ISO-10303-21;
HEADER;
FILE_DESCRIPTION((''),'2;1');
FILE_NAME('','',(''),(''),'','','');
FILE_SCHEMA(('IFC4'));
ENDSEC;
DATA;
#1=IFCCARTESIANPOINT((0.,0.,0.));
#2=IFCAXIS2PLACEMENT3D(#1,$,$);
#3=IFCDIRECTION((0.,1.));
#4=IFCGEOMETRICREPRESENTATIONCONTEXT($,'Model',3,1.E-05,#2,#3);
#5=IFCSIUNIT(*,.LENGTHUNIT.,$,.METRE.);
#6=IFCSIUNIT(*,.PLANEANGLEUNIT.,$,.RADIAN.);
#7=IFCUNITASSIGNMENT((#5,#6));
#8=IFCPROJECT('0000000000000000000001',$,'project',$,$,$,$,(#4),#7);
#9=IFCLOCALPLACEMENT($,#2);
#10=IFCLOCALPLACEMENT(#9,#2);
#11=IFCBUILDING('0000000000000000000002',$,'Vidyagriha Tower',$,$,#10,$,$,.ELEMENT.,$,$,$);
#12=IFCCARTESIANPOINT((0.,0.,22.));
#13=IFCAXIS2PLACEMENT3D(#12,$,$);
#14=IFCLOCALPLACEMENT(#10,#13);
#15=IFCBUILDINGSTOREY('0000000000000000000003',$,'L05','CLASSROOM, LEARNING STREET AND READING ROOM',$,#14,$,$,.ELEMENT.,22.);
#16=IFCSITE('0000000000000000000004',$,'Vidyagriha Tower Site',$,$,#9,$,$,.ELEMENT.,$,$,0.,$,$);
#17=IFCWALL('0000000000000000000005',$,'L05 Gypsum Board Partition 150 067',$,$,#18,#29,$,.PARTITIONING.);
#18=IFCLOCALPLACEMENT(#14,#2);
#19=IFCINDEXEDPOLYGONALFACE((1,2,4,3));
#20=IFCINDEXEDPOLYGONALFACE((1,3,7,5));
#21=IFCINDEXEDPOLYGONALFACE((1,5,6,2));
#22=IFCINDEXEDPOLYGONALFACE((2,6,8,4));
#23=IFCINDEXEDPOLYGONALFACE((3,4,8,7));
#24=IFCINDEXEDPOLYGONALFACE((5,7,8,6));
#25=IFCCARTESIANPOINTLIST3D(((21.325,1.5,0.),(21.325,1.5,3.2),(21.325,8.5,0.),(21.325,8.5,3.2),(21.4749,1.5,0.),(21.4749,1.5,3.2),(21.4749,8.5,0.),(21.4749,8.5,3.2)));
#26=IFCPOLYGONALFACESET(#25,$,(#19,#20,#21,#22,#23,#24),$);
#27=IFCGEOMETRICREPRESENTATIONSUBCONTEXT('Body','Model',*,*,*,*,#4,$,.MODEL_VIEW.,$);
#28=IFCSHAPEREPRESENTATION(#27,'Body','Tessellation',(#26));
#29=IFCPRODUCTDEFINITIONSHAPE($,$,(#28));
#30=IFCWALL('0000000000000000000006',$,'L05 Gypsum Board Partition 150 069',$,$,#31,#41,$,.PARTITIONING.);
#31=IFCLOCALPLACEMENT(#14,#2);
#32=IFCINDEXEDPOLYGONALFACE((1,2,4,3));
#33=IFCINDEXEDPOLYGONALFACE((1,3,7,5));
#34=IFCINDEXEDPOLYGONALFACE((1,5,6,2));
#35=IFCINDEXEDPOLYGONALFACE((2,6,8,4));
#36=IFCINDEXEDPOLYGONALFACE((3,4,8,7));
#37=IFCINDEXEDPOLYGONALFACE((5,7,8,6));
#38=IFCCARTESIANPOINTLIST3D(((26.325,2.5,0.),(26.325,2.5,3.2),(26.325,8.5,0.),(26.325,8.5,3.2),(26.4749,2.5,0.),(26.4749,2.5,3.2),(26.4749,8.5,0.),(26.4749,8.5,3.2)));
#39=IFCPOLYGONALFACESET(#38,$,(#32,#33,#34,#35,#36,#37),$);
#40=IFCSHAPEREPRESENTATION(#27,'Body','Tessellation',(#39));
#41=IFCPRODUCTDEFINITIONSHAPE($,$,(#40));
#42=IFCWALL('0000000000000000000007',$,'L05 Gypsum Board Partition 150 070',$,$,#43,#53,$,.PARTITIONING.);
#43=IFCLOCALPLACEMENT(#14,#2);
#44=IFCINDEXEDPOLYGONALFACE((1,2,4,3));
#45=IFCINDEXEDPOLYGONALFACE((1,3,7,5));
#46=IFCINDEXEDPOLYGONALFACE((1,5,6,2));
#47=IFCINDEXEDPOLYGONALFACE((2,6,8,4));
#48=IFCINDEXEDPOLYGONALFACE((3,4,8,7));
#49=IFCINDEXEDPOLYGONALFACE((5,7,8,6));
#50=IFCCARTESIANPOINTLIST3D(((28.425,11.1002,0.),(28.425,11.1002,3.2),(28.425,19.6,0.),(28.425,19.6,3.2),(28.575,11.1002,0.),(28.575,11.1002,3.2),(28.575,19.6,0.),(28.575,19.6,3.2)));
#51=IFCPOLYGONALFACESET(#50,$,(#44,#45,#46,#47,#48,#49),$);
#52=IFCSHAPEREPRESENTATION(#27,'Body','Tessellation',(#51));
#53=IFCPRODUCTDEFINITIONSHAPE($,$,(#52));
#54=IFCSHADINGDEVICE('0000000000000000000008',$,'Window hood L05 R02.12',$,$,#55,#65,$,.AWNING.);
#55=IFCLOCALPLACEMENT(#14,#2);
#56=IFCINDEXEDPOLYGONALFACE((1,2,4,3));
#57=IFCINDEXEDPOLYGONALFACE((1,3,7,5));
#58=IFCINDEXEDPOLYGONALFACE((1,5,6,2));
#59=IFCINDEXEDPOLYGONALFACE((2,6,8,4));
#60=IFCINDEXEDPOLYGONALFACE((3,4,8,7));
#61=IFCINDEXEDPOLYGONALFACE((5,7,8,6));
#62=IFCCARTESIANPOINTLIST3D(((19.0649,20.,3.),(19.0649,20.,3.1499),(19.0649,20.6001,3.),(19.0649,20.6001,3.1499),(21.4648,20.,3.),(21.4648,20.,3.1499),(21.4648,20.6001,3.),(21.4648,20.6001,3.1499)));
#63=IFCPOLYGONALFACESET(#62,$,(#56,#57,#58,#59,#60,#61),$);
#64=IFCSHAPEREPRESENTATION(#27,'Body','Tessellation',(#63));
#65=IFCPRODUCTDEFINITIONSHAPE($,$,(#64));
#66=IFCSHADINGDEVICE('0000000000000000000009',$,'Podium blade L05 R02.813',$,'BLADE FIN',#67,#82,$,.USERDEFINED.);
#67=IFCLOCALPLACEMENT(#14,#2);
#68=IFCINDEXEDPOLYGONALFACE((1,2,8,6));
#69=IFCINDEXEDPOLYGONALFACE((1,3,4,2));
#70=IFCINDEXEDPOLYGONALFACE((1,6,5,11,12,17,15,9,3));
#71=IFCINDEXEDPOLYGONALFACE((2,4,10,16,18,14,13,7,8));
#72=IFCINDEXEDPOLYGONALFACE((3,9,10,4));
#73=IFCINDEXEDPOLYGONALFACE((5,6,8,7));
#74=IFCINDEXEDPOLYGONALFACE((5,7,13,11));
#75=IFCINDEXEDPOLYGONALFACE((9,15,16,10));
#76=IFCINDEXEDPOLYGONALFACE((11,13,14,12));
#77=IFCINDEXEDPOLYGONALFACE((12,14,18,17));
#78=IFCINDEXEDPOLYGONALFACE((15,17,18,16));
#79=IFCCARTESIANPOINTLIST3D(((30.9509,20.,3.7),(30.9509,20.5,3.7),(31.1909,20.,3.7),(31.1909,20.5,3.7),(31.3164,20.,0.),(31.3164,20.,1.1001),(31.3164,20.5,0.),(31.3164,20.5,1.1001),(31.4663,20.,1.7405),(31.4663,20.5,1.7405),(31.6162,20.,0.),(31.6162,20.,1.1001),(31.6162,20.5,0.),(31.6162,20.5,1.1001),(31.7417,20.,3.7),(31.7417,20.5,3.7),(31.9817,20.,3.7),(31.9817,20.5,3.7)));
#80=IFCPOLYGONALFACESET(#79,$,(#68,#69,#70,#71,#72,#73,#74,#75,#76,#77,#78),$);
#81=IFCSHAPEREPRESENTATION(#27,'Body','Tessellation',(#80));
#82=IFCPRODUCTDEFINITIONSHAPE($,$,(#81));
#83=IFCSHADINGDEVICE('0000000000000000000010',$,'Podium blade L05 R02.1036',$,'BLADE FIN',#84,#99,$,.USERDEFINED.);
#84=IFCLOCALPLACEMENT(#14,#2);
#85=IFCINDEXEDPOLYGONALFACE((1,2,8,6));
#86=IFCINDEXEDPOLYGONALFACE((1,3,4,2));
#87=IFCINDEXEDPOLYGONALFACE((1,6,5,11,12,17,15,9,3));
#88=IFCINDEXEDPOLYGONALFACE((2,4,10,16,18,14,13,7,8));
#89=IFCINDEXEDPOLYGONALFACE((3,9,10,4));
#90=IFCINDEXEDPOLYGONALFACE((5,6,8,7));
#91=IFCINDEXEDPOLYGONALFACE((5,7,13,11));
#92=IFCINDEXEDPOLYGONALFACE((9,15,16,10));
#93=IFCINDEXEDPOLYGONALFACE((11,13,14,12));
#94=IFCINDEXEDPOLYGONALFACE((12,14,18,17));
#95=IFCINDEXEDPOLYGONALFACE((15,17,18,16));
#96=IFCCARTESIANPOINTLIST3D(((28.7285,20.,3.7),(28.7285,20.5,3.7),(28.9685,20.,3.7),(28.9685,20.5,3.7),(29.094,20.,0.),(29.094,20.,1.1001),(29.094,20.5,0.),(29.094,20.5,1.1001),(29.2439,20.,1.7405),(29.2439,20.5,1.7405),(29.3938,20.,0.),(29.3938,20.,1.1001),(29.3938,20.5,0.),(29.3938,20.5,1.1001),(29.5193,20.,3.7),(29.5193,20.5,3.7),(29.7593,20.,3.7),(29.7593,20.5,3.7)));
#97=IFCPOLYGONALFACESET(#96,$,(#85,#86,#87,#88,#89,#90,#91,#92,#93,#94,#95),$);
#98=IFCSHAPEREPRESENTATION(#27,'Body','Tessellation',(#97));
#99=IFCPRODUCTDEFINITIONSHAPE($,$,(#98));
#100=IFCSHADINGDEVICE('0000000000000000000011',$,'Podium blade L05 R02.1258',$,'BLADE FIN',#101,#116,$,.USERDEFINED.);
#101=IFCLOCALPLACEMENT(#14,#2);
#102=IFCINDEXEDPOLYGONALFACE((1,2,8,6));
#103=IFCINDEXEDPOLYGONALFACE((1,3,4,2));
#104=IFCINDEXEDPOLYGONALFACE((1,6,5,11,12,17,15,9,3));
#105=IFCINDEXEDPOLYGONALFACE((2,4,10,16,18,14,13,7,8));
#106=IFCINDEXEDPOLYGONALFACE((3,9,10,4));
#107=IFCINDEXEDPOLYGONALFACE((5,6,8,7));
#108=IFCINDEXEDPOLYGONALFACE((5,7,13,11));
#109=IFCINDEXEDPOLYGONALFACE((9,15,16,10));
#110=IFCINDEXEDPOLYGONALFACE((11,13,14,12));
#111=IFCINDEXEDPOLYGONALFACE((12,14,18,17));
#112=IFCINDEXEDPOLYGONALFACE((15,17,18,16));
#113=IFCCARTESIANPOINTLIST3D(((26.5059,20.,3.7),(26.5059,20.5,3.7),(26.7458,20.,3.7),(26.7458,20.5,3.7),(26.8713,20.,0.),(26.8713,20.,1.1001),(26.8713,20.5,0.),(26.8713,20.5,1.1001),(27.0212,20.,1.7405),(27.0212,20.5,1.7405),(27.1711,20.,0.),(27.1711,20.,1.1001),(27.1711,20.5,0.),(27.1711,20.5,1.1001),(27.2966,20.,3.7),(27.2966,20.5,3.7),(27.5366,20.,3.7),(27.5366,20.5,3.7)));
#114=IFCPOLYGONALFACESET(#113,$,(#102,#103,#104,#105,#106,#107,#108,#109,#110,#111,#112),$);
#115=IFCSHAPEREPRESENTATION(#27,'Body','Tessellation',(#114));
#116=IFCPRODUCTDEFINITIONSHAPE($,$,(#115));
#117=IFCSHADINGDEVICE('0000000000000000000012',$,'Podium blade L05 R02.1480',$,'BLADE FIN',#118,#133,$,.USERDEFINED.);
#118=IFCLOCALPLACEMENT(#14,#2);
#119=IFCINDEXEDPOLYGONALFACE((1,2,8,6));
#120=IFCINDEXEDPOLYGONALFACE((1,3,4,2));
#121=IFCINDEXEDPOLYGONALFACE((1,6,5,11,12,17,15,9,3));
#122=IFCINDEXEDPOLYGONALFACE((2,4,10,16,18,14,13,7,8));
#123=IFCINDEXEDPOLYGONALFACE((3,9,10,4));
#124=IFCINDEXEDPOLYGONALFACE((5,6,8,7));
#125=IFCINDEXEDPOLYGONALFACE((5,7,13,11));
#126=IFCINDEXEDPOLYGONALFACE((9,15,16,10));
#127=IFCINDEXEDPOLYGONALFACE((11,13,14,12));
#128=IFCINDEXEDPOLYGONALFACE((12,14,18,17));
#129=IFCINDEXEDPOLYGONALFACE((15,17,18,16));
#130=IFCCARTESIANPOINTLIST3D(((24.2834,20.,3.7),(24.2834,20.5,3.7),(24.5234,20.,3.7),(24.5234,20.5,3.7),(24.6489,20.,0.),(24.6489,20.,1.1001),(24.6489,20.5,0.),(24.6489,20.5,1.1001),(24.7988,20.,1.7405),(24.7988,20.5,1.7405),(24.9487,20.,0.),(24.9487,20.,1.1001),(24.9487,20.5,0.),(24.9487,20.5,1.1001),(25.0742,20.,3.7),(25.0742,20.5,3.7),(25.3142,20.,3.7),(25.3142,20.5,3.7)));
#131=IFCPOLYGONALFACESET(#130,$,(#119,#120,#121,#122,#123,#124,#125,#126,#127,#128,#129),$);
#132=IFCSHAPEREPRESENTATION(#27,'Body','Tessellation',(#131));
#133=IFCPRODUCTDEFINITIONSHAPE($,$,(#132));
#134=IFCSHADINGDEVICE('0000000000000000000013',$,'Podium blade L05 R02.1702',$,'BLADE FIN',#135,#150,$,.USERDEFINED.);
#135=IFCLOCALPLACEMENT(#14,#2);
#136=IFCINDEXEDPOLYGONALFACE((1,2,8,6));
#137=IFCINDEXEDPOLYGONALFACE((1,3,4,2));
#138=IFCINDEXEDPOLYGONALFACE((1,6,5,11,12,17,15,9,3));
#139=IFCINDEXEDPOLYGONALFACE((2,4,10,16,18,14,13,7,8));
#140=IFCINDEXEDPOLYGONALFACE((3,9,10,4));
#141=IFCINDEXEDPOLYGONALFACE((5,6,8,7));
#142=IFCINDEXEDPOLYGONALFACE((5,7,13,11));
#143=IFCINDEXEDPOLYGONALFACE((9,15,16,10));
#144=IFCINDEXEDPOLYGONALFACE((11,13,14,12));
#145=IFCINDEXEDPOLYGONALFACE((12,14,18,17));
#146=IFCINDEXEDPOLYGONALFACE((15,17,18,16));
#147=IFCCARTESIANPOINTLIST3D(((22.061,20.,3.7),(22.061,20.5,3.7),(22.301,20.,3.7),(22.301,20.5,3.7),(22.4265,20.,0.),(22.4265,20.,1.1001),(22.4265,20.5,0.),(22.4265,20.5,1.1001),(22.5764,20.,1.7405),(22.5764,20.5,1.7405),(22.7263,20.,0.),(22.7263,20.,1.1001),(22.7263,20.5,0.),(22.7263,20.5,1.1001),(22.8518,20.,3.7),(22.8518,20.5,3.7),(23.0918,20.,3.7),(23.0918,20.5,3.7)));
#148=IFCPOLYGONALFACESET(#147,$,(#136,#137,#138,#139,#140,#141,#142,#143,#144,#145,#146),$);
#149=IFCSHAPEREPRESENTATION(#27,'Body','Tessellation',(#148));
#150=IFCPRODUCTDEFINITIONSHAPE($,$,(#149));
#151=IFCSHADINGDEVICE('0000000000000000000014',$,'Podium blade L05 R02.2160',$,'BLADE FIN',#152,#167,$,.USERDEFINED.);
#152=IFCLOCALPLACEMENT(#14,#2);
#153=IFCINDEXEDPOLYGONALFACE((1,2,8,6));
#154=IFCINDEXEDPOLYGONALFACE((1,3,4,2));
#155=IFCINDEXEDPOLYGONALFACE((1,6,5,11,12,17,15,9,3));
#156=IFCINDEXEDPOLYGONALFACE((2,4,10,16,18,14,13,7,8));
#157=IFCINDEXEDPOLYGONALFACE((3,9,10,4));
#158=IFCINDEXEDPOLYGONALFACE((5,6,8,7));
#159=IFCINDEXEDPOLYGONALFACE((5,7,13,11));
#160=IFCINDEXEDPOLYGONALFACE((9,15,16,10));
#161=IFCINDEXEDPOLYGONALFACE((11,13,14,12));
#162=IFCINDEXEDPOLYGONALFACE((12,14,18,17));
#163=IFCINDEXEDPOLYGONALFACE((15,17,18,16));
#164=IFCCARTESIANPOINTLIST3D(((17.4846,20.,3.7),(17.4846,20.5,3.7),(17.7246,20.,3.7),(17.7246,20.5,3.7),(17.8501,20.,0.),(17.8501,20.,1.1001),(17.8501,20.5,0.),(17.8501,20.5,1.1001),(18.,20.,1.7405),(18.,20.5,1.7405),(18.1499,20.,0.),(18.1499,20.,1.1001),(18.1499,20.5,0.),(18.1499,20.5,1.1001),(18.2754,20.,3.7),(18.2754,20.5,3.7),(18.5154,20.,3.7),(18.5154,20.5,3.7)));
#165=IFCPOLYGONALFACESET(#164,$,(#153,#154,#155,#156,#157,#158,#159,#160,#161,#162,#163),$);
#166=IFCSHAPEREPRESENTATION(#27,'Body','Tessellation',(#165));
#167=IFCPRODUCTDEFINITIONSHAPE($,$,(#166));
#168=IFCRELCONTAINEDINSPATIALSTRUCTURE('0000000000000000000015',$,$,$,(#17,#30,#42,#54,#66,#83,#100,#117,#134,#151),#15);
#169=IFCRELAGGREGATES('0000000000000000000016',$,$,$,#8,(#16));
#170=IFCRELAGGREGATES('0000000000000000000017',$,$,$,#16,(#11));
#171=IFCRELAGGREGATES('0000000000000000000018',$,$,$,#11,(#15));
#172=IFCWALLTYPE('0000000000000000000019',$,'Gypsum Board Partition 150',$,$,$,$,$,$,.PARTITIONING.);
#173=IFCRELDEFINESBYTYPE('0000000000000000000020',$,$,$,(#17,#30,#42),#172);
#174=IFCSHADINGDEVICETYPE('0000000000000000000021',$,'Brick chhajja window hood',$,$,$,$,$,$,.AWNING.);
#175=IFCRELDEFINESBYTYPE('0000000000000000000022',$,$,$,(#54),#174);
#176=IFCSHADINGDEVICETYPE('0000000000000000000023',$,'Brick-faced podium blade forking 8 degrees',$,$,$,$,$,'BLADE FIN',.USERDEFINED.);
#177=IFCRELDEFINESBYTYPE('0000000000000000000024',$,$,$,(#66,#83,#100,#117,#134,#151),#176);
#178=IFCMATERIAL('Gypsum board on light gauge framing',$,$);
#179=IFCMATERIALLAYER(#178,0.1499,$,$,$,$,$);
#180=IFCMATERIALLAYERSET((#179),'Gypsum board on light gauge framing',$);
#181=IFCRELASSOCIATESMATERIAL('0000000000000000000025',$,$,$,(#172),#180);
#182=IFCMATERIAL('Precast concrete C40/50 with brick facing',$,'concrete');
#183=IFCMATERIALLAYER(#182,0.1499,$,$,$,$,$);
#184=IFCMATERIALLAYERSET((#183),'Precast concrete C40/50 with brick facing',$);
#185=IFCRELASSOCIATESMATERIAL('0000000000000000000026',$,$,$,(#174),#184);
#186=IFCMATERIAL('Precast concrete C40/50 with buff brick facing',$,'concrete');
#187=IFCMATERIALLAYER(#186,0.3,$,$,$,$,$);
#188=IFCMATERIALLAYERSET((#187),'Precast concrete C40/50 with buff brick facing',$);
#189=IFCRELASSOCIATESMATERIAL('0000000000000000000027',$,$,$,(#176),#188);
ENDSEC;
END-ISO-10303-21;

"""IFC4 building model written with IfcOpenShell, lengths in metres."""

from ifc_helpers import new_model, si_unit, direction, frame, frame_2d, origin, origin_2d, place, context, subcontext, project, spatial, polyline, rectangle, outline, extrude, material, layer, layer_set, type_object, element, save


model = new_model("IFC4")

# Units and contexts
model_context = context("Model", 3, precision=1e-05, world=origin(), true_north=direction((0.0, 1.0)))
body_context = subcontext(model_context, "Body", "Model", "MODEL_VIEW")
ifc_project = project(units=[si_unit("LENGTHUNIT", "METRE"), si_unit("PLANEANGLEUNIT", "RADIAN")], contexts=[model_context])

# Site, building, storey
site_placement = place(None, origin())
site = spatial("IfcSite", under=ifc_project, at=site_placement, Name="Vidyagriha Tower Site", CompositionType="ELEMENT", RefElevation=0.0)
building_placement = place(site_placement, origin())
building = spatial("IfcBuilding", under=site, at=building_placement, Name="Vidyagriha Tower", CompositionType="ELEMENT")
storey_placement = place(building_placement, frame((0.0, 0.0, 22.0)))
storey = spatial("IfcBuildingStorey", under=building, at=storey_placement, Name="L05", Description="CLASSROOM, LEARNING STREET AND READING ROOM", CompositionType="ELEMENT", Elevation=22.0)

# Walls
ifc_material_1 = material(Name="Gypsum board on light gauge framing")
ifc_layer_1 = layer(ifc_material_1, 0.1499)
ifc_layer_set_1 = layer_set([ifc_layer_1], Name="Gypsum board on light gauge framing")
wall_type_1 = type_object("IfcWallType", Name="Gypsum Board Partition 150", PredefinedType="PARTITIONING", material=ifc_layer_set_1)
wall_1_placement = place(storey_placement, frame((21.3999, 1.5, 0.0), z_axis=(0.0, 0.0, 1.0), x_axis=(0.0, 1.0, 0.0)))
element("IfcWall", 1, at=wall_1_placement, inside=storey, type_object=wall_type_1, Name="L05 Gypsum Board Partition 150 067", PredefinedType="PARTITIONING", context=body_context, shape_type="SweptSolid", body=[
    extrude(rectangle(XDim=7.0, YDim=0.1499, at=frame_2d((3.5, 0.0))), origin(), (0.0, 0.0, 1.0), 3.2),
])
wall_2_placement = place(storey_placement, frame((26.3999, 2.5, 0.0), z_axis=(0.0, 0.0, 1.0), x_axis=(0.0, 1.0, 0.0)))
element("IfcWall", 2, at=wall_2_placement, inside=storey, type_object=wall_type_1, Name="L05 Gypsum Board Partition 150 069", PredefinedType="PARTITIONING", context=body_context, shape_type="SweptSolid", body=[
    extrude(rectangle(XDim=6.0, YDim=0.1499, at=frame_2d((3.0, 0.0))), origin(), (0.0, 0.0, 1.0), 3.2),
])
wall_3_placement = place(storey_placement, frame((28.5, 11.1001, 0.0), z_axis=(0.0, 0.0, 1.0), x_axis=(0.0, 1.0, 0.0)))
element("IfcWall", 3, at=wall_3_placement, inside=storey, type_object=wall_type_1, Name="L05 Gypsum Board Partition 150 070", PredefinedType="PARTITIONING", context=body_context, shape_type="SweptSolid", body=[
    extrude(rectangle(XDim=8.4998, YDim=0.1499, at=frame_2d((4.25, 0.0))), origin(), (0.0, 0.0, 1.0), 3.2),
])

# Shading devices
ifc_material_2 = material(Name="Precast concrete C40/50 with brick facing", Category="concrete")
ifc_layer_2 = layer(ifc_material_2, 0.1499)
ifc_layer_set_2 = layer_set([ifc_layer_2], Name="Precast concrete C40/50 with brick facing")
shading_device_type_1 = type_object("IfcShadingDeviceType", Name="Brick chhajja window hood", PredefinedType="AWNING", material=ifc_layer_set_2)
shading_device_placement = place(storey_placement, frame((20.2649, 20.3, 3.0), z_axis=(0.0, 0.0, 1.0), x_axis=(-1.0, 0.0, 0.0)))
element("IfcShadingDevice", 4, at=shading_device_placement, inside=storey, type_object=shading_device_type_1, Name="Window hood L05 R02.12", PredefinedType="AWNING", context=body_context, shape_type="SweptSolid", body=[
    extrude(rectangle(XDim=2.3999, YDim=0.6001, at=origin_2d()), origin(), (0.0, 0.0, 1.0), 0.1499),
])
ifc_material_3 = material(Name="Precast concrete C40/50 with buff brick facing", Category="concrete")
ifc_layer_3 = layer(ifc_material_3, 0.3)
ifc_layer_set_3 = layer_set([ifc_layer_3], Name="Precast concrete C40/50 with buff brick facing")
shading_device_type_2 = type_object("IfcShadingDeviceType", Name="Brick-faced podium blade forking 8 degrees", ElementType="BLADE FIN", PredefinedType="USERDEFINED", material=ifc_layer_set_3)
for number, where, z_axis, x_axis, name in (
    (5, (31.9817, 20.25, 0.0), (0.0, 0.0, 1.0), (-1.0, 0.0, 0.0), "Podium blade L05 R02.813"),
    (6, (29.7593, 20.25, 0.0), (0.0, 0.0, 1.0), (-1.0, 0.0, 0.0), "Podium blade L05 R02.1036"),
    (7, (27.5366, 20.25, 0.0), (0.0, 0.0, 1.0), (-1.0, 0.0, 0.0), "Podium blade L05 R02.1258"),
    (8, (25.3142, 20.25, 0.0), (0.0, 0.0, 1.0), (-1.0, 0.0, 0.0), "Podium blade L05 R02.1480"),
    (9, (23.0918, 20.25, 0.0), (0.0, 0.0, 1.0), (-1.0, 0.0, 0.0), "Podium blade L05 R02.1702"),
    (10, (18.5154, 20.25, 0.0), (0.0, 0.0, 1.0), (-1.0, 0.0, 0.0), "Podium blade L05 R02.2160"),
):
    element("IfcShadingDevice", number, at=place(storey_placement, frame(where, z_axis=z_axis, x_axis=x_axis)), inside=storey, type_object=shading_device_type_2, Name=name, ObjectType="BLADE FIN", PredefinedType="USERDEFINED", context=body_context, shape_type="SweptSolid", body=[
        extrude(outline(polyline([(0.6653, 0.0), (0.6653, 1.1001), (1.0308, 3.7), (0.7908, 3.7), (0.5154, 1.7405), (0.24, 3.7), (0.0, 3.7), (0.3655, 1.1001), (0.3655, 0.0), (0.6653, 0.0)])), frame((0.0, 0.25, 0.0), z_axis=(0.0, -1.0, 0.0), x_axis=(1.0, 0.0, 0.0)), (0.0, 0.0, 1.0), 0.5),
    ])

save(model, "model.ifc")
